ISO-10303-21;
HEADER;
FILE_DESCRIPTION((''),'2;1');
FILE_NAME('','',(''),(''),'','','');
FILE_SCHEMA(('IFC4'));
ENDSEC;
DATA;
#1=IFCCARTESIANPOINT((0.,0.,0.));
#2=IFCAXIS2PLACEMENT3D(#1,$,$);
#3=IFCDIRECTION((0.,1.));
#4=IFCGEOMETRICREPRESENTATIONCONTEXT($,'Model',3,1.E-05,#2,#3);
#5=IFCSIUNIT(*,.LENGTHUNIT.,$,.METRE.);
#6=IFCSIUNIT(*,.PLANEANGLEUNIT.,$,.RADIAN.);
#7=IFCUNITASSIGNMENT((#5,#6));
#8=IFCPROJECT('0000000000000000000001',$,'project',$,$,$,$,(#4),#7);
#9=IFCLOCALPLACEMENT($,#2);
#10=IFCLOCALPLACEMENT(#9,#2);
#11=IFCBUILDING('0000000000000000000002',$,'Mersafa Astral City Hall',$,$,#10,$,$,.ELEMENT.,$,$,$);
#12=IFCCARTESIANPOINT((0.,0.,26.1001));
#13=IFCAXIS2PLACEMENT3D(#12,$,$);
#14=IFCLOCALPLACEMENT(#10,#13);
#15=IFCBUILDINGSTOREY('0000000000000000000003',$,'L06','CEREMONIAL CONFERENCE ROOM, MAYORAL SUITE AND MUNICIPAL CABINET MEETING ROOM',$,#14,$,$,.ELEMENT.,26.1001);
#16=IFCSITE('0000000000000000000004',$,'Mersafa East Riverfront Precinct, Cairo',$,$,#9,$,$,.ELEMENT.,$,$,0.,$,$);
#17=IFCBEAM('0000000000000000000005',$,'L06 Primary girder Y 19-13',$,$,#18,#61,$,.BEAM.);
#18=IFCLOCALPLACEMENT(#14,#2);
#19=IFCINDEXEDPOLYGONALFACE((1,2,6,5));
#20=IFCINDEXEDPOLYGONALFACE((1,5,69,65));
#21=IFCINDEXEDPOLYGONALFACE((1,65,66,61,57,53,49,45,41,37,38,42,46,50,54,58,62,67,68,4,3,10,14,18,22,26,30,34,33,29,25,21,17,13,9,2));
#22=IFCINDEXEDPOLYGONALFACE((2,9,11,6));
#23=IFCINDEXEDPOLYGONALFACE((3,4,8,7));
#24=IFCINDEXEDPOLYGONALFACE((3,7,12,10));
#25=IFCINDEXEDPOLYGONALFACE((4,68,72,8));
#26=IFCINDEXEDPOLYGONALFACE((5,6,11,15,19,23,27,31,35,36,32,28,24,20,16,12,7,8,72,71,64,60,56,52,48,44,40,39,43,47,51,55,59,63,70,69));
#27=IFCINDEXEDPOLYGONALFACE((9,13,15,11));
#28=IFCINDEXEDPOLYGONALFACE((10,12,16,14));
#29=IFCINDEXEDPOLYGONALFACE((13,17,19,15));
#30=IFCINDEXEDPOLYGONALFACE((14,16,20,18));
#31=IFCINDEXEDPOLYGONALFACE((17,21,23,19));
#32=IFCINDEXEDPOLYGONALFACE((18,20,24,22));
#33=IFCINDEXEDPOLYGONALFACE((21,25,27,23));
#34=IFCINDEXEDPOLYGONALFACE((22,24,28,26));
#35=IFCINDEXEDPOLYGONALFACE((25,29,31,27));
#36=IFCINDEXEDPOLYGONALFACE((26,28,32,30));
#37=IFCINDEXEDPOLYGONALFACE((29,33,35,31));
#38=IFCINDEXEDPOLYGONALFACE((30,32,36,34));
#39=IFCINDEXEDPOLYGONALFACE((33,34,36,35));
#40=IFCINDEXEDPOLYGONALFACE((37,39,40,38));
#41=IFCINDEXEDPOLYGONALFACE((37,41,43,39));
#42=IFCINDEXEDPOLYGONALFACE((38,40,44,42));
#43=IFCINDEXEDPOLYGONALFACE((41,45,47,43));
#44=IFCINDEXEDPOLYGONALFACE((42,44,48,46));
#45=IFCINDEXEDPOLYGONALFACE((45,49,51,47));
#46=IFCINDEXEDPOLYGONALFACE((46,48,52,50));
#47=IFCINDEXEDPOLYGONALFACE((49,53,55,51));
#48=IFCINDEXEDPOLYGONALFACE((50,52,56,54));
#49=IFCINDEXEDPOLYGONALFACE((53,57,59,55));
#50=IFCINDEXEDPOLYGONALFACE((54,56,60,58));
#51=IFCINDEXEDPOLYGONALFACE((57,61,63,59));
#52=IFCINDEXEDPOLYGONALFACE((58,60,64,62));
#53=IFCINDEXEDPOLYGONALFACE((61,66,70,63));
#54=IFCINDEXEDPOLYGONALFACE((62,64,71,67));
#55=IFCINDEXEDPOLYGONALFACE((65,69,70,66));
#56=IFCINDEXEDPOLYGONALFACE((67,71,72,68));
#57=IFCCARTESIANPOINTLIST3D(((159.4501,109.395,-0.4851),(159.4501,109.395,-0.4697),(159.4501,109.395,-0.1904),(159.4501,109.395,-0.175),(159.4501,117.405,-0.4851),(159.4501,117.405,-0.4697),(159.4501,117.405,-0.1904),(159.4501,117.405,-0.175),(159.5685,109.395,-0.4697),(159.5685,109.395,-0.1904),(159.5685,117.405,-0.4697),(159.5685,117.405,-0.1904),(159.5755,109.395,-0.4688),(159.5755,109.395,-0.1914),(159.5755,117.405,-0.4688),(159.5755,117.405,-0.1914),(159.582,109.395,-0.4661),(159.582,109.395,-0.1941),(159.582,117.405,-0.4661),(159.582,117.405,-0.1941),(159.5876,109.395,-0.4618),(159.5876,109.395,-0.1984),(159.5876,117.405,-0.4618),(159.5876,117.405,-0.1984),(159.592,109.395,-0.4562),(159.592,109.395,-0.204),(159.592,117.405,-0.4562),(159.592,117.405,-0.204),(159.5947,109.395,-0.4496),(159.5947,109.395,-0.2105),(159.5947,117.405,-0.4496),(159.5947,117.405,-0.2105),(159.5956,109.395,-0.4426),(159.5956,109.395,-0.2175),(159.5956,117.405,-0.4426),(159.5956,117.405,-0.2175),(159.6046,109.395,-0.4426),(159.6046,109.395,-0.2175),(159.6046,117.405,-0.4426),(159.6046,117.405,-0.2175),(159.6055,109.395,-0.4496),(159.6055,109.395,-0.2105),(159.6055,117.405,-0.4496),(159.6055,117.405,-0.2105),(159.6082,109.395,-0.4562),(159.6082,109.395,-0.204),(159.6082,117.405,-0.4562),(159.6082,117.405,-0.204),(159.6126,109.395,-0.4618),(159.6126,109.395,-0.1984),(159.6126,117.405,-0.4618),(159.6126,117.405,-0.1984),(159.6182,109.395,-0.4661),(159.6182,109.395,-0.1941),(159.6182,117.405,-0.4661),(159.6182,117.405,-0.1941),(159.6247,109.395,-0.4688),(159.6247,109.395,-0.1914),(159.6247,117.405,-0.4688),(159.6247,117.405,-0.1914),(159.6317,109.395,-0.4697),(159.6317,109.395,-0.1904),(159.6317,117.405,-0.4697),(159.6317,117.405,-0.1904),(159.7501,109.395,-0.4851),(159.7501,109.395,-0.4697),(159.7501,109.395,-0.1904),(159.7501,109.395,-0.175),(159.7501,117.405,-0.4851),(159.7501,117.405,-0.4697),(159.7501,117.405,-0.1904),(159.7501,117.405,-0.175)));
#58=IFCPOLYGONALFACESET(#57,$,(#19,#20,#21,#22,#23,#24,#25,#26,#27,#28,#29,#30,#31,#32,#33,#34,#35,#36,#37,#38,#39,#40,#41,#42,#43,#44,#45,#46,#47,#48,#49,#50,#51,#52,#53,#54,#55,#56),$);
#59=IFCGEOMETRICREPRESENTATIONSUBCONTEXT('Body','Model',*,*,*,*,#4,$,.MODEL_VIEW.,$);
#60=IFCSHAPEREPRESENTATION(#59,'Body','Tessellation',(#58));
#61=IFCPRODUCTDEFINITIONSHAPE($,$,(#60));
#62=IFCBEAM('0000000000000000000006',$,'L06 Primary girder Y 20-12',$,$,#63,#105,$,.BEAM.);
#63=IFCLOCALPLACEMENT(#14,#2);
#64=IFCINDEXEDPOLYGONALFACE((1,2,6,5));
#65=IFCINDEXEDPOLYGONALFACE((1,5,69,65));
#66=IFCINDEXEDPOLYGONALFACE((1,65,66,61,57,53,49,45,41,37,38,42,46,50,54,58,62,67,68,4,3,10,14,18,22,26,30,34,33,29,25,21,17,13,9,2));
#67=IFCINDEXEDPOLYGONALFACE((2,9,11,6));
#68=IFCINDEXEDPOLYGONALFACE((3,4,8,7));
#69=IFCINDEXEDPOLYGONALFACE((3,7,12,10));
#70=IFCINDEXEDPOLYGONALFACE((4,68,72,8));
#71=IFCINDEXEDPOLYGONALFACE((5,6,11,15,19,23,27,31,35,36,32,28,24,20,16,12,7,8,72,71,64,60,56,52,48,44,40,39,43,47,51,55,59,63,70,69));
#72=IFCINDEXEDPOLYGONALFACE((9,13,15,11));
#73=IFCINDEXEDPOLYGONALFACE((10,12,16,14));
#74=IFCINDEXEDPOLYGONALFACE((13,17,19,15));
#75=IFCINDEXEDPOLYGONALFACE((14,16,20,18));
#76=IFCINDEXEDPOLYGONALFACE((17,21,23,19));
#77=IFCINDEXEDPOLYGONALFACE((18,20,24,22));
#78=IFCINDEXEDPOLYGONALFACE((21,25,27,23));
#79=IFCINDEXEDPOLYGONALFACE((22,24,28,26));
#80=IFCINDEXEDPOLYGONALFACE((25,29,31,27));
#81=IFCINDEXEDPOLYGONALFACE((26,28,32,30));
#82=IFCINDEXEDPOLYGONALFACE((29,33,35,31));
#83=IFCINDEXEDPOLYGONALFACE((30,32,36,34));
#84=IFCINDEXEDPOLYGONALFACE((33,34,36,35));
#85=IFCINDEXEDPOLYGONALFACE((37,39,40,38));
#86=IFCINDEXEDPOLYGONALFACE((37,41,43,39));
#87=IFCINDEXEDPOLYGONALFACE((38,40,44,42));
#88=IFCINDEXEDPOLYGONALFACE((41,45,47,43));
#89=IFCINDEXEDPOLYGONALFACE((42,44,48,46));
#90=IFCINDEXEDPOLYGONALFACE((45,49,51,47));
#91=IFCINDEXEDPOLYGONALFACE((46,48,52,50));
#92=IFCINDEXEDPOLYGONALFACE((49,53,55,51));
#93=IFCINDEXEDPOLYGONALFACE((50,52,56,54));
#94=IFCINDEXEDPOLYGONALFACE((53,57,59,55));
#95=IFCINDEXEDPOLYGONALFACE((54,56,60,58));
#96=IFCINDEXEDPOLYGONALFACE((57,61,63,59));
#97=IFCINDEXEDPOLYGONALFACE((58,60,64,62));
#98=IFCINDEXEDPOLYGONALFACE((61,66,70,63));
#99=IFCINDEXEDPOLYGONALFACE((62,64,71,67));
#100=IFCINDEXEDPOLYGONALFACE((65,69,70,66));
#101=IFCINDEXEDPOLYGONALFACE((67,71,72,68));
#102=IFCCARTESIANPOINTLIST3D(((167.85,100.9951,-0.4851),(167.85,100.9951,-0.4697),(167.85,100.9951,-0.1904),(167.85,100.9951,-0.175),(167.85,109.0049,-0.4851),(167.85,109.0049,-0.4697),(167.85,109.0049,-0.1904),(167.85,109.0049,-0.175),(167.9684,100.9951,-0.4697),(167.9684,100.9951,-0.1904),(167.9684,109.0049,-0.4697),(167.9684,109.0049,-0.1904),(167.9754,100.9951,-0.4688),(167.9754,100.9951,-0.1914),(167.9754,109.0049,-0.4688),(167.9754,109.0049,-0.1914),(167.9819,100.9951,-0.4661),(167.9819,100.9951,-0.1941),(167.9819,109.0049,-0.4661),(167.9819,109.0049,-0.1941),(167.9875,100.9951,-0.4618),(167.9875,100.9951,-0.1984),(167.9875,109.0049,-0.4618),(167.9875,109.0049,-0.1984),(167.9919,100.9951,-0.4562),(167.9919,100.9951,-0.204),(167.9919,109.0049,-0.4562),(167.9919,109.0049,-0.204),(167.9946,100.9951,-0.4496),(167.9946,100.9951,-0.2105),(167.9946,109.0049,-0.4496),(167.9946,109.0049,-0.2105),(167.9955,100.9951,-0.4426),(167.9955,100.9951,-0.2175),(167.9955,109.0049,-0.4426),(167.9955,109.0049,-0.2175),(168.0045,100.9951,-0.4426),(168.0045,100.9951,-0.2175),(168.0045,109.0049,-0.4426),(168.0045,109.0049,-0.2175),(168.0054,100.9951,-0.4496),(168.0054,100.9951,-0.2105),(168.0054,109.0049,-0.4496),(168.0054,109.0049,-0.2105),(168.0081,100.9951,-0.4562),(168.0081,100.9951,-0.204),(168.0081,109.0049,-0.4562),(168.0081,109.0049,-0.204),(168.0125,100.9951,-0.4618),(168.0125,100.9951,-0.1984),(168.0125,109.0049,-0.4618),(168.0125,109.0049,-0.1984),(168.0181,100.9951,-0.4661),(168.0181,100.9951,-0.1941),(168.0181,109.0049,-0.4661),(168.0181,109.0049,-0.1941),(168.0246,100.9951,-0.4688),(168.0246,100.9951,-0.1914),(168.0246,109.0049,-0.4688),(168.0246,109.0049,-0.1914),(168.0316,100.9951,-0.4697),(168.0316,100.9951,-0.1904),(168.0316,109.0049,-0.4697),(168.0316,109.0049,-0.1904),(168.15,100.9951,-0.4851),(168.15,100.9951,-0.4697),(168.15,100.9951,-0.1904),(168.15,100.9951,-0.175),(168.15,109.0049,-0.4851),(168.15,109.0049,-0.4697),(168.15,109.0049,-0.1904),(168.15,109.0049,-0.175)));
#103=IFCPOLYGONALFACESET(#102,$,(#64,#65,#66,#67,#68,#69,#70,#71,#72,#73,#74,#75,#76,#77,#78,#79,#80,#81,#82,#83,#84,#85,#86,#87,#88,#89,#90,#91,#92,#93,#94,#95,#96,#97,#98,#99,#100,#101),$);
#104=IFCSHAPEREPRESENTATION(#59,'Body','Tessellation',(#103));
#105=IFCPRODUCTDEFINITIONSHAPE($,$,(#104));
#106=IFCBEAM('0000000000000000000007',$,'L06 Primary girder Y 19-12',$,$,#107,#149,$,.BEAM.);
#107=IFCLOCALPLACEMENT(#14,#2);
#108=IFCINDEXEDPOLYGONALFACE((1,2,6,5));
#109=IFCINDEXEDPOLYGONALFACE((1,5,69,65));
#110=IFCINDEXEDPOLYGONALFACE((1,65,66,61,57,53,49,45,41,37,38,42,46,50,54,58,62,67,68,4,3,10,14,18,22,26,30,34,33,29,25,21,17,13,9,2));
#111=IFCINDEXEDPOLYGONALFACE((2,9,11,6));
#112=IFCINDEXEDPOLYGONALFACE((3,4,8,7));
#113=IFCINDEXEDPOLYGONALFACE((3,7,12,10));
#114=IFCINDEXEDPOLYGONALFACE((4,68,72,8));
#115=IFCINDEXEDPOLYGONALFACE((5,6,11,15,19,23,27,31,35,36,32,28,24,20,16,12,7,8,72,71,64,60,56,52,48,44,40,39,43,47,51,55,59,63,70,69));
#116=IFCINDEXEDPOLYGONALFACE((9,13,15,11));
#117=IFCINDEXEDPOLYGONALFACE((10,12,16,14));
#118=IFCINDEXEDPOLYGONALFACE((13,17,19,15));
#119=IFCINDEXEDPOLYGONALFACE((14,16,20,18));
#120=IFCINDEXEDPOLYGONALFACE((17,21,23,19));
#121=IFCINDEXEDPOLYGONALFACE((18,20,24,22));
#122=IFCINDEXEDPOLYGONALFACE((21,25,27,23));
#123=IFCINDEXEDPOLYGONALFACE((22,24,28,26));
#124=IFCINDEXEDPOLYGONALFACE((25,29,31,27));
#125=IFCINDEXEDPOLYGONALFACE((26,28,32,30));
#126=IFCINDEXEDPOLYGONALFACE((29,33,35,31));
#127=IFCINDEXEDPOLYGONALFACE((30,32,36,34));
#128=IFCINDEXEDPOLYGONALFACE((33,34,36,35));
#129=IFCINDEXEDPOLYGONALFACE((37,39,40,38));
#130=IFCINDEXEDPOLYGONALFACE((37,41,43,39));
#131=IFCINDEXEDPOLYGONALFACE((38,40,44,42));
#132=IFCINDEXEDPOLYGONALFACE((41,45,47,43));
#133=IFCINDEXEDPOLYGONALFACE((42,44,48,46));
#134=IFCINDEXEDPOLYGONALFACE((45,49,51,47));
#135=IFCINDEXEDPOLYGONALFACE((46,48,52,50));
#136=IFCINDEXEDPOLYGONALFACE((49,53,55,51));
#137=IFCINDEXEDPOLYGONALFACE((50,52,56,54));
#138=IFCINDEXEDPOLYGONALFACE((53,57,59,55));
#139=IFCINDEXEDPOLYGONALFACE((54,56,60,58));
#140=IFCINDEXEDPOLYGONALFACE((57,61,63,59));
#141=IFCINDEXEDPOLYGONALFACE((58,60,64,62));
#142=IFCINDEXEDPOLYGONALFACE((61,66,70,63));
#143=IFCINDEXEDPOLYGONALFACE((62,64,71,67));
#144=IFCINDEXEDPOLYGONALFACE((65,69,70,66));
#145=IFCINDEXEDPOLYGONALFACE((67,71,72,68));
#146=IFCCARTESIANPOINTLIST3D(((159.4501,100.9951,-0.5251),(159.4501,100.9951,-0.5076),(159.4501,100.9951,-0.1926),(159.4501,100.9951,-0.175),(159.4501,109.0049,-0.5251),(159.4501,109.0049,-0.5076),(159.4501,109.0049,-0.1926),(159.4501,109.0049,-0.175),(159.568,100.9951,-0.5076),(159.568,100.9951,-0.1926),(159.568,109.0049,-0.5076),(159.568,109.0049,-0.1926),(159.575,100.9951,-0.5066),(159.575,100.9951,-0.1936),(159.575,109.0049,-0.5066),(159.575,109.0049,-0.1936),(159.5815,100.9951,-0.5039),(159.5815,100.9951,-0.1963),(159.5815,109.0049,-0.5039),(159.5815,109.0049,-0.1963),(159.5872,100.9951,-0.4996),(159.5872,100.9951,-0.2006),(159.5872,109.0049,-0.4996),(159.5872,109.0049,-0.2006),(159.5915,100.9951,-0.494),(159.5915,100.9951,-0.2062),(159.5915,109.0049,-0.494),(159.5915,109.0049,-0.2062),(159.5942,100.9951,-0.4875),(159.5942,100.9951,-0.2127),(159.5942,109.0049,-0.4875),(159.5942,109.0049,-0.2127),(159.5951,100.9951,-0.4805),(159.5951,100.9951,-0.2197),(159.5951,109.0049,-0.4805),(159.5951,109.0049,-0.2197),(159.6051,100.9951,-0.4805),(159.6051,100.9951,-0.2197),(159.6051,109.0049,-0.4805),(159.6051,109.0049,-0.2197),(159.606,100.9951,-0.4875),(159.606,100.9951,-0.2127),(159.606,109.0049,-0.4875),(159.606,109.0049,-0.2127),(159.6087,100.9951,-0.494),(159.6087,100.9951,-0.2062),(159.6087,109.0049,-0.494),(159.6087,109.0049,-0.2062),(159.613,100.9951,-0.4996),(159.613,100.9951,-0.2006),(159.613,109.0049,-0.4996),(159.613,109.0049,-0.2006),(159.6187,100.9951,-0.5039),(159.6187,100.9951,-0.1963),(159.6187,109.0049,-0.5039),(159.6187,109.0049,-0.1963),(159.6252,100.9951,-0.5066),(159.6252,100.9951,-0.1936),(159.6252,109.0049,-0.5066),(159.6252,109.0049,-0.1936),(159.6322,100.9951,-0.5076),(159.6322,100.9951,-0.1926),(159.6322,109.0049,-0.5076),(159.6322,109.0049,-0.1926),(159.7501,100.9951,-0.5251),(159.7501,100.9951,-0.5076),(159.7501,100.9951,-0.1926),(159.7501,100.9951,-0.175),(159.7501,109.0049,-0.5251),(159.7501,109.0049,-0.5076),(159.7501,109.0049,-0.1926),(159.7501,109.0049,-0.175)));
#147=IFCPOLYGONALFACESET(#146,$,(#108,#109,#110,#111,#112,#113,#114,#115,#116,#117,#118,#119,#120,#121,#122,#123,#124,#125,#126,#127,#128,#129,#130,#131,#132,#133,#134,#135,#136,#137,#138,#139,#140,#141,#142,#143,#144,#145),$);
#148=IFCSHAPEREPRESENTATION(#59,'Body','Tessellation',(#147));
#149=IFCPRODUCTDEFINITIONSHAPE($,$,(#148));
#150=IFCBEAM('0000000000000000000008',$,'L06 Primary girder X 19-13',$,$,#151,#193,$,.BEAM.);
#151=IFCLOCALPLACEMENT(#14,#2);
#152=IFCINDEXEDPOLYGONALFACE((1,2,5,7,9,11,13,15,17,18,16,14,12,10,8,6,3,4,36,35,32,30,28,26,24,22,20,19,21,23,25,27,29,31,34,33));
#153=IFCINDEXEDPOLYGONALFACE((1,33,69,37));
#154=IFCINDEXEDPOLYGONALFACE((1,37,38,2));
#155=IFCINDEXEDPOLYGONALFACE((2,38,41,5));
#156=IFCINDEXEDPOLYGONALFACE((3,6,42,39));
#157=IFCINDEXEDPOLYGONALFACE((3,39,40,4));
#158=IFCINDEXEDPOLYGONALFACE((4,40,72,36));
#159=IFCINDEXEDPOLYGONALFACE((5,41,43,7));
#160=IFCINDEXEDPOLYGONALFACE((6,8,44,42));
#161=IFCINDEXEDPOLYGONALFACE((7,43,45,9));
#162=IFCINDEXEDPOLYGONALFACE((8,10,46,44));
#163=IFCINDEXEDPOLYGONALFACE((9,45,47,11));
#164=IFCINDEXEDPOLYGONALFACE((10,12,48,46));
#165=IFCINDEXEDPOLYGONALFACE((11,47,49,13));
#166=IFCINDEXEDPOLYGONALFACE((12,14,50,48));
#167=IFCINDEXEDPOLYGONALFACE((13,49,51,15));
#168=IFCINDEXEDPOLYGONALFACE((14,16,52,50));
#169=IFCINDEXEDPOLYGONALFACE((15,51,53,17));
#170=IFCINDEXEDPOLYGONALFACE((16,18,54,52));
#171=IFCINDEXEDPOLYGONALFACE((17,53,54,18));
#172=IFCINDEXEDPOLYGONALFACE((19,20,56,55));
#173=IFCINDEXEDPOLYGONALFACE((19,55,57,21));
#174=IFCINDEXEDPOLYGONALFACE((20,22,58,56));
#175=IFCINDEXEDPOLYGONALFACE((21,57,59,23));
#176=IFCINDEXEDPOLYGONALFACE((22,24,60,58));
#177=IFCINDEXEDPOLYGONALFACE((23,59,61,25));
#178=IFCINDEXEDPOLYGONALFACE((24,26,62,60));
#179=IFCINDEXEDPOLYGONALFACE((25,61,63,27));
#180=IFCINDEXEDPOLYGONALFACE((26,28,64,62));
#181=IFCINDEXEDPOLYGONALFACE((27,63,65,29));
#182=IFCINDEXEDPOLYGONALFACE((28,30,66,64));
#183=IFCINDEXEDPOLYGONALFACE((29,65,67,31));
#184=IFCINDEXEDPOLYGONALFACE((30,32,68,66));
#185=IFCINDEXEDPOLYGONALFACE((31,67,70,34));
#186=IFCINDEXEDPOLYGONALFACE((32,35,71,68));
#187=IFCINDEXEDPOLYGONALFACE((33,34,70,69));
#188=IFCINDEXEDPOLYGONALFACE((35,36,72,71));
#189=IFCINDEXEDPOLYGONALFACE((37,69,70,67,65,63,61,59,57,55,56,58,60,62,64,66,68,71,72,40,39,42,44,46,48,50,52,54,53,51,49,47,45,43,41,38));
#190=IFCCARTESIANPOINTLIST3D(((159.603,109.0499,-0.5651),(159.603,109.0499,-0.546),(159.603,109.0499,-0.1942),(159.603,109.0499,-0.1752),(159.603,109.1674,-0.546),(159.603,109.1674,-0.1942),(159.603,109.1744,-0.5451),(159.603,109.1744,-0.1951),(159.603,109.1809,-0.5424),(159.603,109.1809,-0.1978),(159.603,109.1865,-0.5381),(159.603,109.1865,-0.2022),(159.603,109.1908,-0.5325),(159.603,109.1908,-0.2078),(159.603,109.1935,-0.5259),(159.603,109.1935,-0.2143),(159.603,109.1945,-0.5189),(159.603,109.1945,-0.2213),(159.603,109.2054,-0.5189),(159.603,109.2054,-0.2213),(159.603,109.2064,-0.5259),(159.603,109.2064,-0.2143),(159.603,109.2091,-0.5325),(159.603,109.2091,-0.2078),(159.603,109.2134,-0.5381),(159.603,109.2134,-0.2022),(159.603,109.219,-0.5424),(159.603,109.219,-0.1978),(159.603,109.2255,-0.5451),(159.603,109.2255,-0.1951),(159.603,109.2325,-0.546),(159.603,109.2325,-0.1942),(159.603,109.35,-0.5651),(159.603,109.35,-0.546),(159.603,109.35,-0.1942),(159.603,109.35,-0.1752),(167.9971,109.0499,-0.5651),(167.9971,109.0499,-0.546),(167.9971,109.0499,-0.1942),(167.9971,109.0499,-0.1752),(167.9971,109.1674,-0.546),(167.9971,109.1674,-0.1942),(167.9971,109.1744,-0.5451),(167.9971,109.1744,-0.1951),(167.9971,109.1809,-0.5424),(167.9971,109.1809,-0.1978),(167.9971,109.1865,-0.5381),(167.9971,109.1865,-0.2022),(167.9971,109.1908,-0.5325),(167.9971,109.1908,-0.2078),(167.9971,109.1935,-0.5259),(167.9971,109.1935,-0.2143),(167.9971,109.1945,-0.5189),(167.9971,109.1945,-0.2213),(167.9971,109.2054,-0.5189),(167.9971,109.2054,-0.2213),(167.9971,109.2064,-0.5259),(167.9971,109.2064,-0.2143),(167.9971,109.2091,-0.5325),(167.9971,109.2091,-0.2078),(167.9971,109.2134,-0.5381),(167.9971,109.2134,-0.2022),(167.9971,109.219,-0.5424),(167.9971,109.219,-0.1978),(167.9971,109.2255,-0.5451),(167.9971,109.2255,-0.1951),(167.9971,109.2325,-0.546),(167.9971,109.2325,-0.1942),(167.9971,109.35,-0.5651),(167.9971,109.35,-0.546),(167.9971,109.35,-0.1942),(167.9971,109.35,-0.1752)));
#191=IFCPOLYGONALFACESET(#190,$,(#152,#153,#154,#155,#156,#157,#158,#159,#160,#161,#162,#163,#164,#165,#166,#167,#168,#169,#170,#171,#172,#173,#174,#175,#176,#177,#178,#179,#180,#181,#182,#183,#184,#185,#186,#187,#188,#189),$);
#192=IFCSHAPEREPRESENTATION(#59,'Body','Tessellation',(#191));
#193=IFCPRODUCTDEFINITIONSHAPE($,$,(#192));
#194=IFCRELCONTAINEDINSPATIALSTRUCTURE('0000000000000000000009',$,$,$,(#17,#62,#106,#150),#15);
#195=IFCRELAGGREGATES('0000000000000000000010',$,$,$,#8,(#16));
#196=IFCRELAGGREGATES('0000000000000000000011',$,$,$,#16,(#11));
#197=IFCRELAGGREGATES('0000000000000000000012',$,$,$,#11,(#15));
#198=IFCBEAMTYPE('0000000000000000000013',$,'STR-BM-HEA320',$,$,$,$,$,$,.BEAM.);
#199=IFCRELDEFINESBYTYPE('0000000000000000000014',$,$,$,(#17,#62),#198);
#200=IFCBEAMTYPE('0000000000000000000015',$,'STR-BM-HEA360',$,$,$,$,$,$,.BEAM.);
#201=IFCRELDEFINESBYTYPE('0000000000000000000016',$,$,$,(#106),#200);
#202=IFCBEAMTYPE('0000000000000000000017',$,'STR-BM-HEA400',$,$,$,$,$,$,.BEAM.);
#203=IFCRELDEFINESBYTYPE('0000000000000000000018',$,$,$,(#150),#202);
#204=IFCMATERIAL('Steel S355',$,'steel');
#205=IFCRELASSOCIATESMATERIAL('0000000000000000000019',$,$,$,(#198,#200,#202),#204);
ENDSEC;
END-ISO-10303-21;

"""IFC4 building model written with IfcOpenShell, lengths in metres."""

from ifc_helpers import new_model, si_unit, direction, frame, origin, origin_2d, place, context, subcontext, project, spatial, i_section, extrude, material, material_profile, profile_set, type_object, element, save


model = new_model("IFC4")

# Units and contexts
model_context = context("Model", 3, precision=1e-05, world=origin(), true_north=direction((0.0, 1.0)))
body_context = subcontext(model_context, "Body", "Model", "MODEL_VIEW")
ifc_project = project(units=[si_unit("LENGTHUNIT", "METRE"), si_unit("PLANEANGLEUNIT", "RADIAN")], contexts=[model_context])

# Site, building, storey
site_placement = place(None, origin())
site = spatial("IfcSite", under=ifc_project, at=site_placement, Name="Mersafa East Riverfront Precinct, Cairo", CompositionType="ELEMENT", RefElevation=0.0)
building_placement = place(site_placement, origin())
building = spatial("IfcBuilding", under=site, at=building_placement, Name="Mersafa Astral City Hall", CompositionType="ELEMENT")
storey_placement = place(building_placement, frame((0.0, 0.0, 26.1001)))
storey = spatial("IfcBuildingStorey", under=building, at=storey_placement, Name="L06", Description="CEREMONIAL CONFERENCE ROOM, MAYORAL SUITE AND MUNICIPAL CABINET MEETING ROOM", CompositionType="ELEMENT", Elevation=26.1001)

# Shared definitions
ifc_material_1 = material(Name="Steel S355", Category="steel")

# Beams
ifc_material_profile_1 = material_profile(ifc_material_1, i_section(OverallWidth=0.3, OverallDepth=0.3101, WebThickness=0.009, FlangeThickness=0.0154, FilletRadius=0.0271, at=origin_2d()), Name="HEA 320")
ifc_profile_set_1 = profile_set([ifc_material_profile_1], Name="Steel S355")
beam_type_1 = type_object("IfcBeamType", Name="STR-BM-HEA320", PredefinedType="BEAM", material=ifc_profile_set_1)
beam_1_placement = place(storey_placement, frame((159.6001, 109.395, -0.3301), z_axis=(0.0, 1.0, 0.0), x_axis=(-1.0, 0.0, 0.0)))
element("IfcBeam", 1, at=beam_1_placement, inside=storey, type_object=beam_type_1, Name="L06 Primary girder Y 19-13", PredefinedType="BEAM", context=body_context, shape_type="SweptSolid", body=[
    extrude(i_section(OverallWidth=0.3, OverallDepth=0.3101, WebThickness=0.009, FlangeThickness=0.0154, FilletRadius=0.0271, at=origin_2d()), origin(), (0.0, 0.0, 1.0), 8.01),
])
beam_2_placement = place(storey_placement, frame((168.0, 100.9951, -0.3301), z_axis=(0.0, 1.0, 0.0), x_axis=(-1.0, 0.0, 0.0)))
element("IfcBeam", 2, at=beam_2_placement, inside=storey, type_object=beam_type_1, Name="L06 Primary girder Y 20-12", PredefinedType="BEAM", context=body_context, shape_type="SweptSolid", body=[
    extrude(i_section(OverallWidth=0.3, OverallDepth=0.3101, WebThickness=0.009, FlangeThickness=0.0154, FilletRadius=0.0271, at=origin_2d()), origin(), (0.0, 0.0, 1.0), 8.0098),
])
ifc_material_profile_2 = material_profile(ifc_material_1, i_section(OverallWidth=0.3, OverallDepth=0.3501, WebThickness=0.01, FlangeThickness=0.0176, FilletRadius=0.0271, at=origin_2d()), Name="HEA 360")
ifc_profile_set_2 = profile_set([ifc_material_profile_2], Name="Steel S355")
beam_type_2 = type_object("IfcBeamType", Name="STR-BM-HEA360", PredefinedType="BEAM", material=ifc_profile_set_2)
beam_3_placement = place(storey_placement, frame((159.6001, 100.9951, -0.3501), z_axis=(0.0, 1.0, 0.0), x_axis=(-1.0, 0.0, 0.0)))
element("IfcBeam", 3, at=beam_3_placement, inside=storey, type_object=beam_type_2, Name="L06 Primary girder Y 19-12", PredefinedType="BEAM", context=body_context, shape_type="SweptSolid", body=[
    extrude(i_section(OverallWidth=0.3, OverallDepth=0.3501, WebThickness=0.01, FlangeThickness=0.0176, FilletRadius=0.0271, at=origin_2d()), origin(), (0.0, 0.0, 1.0), 8.0098),
])
ifc_material_profile_3 = material_profile(ifc_material_1, i_section(OverallWidth=0.3, OverallDepth=0.3899, WebThickness=0.011, FlangeThickness=0.019, FilletRadius=0.0271, at=origin_2d()), Name="HEA 400")
ifc_profile_set_3 = profile_set([ifc_material_profile_3], Name="Steel S355")
beam_type_3 = type_object("IfcBeamType", Name="STR-BM-HEA400", PredefinedType="BEAM", material=ifc_profile_set_3)
beam_4_placement = place(storey_placement, frame((159.603, 109.2, -0.3701), z_axis=(1.0, 0.0, 0.0), x_axis=(0.0, 1.0, 0.0)))
element("IfcBeam", 4, at=beam_4_placement, inside=storey, type_object=beam_type_3, Name="L06 Primary girder X 19-13", PredefinedType="BEAM", context=body_context, shape_type="SweptSolid", body=[
    extrude(i_section(OverallWidth=0.3, OverallDepth=0.3899, WebThickness=0.011, FlangeThickness=0.019, FilletRadius=0.0271, at=origin_2d()), origin(), (0.0, 0.0, 1.0), 8.394),
])

save(model, "model.ifc")
